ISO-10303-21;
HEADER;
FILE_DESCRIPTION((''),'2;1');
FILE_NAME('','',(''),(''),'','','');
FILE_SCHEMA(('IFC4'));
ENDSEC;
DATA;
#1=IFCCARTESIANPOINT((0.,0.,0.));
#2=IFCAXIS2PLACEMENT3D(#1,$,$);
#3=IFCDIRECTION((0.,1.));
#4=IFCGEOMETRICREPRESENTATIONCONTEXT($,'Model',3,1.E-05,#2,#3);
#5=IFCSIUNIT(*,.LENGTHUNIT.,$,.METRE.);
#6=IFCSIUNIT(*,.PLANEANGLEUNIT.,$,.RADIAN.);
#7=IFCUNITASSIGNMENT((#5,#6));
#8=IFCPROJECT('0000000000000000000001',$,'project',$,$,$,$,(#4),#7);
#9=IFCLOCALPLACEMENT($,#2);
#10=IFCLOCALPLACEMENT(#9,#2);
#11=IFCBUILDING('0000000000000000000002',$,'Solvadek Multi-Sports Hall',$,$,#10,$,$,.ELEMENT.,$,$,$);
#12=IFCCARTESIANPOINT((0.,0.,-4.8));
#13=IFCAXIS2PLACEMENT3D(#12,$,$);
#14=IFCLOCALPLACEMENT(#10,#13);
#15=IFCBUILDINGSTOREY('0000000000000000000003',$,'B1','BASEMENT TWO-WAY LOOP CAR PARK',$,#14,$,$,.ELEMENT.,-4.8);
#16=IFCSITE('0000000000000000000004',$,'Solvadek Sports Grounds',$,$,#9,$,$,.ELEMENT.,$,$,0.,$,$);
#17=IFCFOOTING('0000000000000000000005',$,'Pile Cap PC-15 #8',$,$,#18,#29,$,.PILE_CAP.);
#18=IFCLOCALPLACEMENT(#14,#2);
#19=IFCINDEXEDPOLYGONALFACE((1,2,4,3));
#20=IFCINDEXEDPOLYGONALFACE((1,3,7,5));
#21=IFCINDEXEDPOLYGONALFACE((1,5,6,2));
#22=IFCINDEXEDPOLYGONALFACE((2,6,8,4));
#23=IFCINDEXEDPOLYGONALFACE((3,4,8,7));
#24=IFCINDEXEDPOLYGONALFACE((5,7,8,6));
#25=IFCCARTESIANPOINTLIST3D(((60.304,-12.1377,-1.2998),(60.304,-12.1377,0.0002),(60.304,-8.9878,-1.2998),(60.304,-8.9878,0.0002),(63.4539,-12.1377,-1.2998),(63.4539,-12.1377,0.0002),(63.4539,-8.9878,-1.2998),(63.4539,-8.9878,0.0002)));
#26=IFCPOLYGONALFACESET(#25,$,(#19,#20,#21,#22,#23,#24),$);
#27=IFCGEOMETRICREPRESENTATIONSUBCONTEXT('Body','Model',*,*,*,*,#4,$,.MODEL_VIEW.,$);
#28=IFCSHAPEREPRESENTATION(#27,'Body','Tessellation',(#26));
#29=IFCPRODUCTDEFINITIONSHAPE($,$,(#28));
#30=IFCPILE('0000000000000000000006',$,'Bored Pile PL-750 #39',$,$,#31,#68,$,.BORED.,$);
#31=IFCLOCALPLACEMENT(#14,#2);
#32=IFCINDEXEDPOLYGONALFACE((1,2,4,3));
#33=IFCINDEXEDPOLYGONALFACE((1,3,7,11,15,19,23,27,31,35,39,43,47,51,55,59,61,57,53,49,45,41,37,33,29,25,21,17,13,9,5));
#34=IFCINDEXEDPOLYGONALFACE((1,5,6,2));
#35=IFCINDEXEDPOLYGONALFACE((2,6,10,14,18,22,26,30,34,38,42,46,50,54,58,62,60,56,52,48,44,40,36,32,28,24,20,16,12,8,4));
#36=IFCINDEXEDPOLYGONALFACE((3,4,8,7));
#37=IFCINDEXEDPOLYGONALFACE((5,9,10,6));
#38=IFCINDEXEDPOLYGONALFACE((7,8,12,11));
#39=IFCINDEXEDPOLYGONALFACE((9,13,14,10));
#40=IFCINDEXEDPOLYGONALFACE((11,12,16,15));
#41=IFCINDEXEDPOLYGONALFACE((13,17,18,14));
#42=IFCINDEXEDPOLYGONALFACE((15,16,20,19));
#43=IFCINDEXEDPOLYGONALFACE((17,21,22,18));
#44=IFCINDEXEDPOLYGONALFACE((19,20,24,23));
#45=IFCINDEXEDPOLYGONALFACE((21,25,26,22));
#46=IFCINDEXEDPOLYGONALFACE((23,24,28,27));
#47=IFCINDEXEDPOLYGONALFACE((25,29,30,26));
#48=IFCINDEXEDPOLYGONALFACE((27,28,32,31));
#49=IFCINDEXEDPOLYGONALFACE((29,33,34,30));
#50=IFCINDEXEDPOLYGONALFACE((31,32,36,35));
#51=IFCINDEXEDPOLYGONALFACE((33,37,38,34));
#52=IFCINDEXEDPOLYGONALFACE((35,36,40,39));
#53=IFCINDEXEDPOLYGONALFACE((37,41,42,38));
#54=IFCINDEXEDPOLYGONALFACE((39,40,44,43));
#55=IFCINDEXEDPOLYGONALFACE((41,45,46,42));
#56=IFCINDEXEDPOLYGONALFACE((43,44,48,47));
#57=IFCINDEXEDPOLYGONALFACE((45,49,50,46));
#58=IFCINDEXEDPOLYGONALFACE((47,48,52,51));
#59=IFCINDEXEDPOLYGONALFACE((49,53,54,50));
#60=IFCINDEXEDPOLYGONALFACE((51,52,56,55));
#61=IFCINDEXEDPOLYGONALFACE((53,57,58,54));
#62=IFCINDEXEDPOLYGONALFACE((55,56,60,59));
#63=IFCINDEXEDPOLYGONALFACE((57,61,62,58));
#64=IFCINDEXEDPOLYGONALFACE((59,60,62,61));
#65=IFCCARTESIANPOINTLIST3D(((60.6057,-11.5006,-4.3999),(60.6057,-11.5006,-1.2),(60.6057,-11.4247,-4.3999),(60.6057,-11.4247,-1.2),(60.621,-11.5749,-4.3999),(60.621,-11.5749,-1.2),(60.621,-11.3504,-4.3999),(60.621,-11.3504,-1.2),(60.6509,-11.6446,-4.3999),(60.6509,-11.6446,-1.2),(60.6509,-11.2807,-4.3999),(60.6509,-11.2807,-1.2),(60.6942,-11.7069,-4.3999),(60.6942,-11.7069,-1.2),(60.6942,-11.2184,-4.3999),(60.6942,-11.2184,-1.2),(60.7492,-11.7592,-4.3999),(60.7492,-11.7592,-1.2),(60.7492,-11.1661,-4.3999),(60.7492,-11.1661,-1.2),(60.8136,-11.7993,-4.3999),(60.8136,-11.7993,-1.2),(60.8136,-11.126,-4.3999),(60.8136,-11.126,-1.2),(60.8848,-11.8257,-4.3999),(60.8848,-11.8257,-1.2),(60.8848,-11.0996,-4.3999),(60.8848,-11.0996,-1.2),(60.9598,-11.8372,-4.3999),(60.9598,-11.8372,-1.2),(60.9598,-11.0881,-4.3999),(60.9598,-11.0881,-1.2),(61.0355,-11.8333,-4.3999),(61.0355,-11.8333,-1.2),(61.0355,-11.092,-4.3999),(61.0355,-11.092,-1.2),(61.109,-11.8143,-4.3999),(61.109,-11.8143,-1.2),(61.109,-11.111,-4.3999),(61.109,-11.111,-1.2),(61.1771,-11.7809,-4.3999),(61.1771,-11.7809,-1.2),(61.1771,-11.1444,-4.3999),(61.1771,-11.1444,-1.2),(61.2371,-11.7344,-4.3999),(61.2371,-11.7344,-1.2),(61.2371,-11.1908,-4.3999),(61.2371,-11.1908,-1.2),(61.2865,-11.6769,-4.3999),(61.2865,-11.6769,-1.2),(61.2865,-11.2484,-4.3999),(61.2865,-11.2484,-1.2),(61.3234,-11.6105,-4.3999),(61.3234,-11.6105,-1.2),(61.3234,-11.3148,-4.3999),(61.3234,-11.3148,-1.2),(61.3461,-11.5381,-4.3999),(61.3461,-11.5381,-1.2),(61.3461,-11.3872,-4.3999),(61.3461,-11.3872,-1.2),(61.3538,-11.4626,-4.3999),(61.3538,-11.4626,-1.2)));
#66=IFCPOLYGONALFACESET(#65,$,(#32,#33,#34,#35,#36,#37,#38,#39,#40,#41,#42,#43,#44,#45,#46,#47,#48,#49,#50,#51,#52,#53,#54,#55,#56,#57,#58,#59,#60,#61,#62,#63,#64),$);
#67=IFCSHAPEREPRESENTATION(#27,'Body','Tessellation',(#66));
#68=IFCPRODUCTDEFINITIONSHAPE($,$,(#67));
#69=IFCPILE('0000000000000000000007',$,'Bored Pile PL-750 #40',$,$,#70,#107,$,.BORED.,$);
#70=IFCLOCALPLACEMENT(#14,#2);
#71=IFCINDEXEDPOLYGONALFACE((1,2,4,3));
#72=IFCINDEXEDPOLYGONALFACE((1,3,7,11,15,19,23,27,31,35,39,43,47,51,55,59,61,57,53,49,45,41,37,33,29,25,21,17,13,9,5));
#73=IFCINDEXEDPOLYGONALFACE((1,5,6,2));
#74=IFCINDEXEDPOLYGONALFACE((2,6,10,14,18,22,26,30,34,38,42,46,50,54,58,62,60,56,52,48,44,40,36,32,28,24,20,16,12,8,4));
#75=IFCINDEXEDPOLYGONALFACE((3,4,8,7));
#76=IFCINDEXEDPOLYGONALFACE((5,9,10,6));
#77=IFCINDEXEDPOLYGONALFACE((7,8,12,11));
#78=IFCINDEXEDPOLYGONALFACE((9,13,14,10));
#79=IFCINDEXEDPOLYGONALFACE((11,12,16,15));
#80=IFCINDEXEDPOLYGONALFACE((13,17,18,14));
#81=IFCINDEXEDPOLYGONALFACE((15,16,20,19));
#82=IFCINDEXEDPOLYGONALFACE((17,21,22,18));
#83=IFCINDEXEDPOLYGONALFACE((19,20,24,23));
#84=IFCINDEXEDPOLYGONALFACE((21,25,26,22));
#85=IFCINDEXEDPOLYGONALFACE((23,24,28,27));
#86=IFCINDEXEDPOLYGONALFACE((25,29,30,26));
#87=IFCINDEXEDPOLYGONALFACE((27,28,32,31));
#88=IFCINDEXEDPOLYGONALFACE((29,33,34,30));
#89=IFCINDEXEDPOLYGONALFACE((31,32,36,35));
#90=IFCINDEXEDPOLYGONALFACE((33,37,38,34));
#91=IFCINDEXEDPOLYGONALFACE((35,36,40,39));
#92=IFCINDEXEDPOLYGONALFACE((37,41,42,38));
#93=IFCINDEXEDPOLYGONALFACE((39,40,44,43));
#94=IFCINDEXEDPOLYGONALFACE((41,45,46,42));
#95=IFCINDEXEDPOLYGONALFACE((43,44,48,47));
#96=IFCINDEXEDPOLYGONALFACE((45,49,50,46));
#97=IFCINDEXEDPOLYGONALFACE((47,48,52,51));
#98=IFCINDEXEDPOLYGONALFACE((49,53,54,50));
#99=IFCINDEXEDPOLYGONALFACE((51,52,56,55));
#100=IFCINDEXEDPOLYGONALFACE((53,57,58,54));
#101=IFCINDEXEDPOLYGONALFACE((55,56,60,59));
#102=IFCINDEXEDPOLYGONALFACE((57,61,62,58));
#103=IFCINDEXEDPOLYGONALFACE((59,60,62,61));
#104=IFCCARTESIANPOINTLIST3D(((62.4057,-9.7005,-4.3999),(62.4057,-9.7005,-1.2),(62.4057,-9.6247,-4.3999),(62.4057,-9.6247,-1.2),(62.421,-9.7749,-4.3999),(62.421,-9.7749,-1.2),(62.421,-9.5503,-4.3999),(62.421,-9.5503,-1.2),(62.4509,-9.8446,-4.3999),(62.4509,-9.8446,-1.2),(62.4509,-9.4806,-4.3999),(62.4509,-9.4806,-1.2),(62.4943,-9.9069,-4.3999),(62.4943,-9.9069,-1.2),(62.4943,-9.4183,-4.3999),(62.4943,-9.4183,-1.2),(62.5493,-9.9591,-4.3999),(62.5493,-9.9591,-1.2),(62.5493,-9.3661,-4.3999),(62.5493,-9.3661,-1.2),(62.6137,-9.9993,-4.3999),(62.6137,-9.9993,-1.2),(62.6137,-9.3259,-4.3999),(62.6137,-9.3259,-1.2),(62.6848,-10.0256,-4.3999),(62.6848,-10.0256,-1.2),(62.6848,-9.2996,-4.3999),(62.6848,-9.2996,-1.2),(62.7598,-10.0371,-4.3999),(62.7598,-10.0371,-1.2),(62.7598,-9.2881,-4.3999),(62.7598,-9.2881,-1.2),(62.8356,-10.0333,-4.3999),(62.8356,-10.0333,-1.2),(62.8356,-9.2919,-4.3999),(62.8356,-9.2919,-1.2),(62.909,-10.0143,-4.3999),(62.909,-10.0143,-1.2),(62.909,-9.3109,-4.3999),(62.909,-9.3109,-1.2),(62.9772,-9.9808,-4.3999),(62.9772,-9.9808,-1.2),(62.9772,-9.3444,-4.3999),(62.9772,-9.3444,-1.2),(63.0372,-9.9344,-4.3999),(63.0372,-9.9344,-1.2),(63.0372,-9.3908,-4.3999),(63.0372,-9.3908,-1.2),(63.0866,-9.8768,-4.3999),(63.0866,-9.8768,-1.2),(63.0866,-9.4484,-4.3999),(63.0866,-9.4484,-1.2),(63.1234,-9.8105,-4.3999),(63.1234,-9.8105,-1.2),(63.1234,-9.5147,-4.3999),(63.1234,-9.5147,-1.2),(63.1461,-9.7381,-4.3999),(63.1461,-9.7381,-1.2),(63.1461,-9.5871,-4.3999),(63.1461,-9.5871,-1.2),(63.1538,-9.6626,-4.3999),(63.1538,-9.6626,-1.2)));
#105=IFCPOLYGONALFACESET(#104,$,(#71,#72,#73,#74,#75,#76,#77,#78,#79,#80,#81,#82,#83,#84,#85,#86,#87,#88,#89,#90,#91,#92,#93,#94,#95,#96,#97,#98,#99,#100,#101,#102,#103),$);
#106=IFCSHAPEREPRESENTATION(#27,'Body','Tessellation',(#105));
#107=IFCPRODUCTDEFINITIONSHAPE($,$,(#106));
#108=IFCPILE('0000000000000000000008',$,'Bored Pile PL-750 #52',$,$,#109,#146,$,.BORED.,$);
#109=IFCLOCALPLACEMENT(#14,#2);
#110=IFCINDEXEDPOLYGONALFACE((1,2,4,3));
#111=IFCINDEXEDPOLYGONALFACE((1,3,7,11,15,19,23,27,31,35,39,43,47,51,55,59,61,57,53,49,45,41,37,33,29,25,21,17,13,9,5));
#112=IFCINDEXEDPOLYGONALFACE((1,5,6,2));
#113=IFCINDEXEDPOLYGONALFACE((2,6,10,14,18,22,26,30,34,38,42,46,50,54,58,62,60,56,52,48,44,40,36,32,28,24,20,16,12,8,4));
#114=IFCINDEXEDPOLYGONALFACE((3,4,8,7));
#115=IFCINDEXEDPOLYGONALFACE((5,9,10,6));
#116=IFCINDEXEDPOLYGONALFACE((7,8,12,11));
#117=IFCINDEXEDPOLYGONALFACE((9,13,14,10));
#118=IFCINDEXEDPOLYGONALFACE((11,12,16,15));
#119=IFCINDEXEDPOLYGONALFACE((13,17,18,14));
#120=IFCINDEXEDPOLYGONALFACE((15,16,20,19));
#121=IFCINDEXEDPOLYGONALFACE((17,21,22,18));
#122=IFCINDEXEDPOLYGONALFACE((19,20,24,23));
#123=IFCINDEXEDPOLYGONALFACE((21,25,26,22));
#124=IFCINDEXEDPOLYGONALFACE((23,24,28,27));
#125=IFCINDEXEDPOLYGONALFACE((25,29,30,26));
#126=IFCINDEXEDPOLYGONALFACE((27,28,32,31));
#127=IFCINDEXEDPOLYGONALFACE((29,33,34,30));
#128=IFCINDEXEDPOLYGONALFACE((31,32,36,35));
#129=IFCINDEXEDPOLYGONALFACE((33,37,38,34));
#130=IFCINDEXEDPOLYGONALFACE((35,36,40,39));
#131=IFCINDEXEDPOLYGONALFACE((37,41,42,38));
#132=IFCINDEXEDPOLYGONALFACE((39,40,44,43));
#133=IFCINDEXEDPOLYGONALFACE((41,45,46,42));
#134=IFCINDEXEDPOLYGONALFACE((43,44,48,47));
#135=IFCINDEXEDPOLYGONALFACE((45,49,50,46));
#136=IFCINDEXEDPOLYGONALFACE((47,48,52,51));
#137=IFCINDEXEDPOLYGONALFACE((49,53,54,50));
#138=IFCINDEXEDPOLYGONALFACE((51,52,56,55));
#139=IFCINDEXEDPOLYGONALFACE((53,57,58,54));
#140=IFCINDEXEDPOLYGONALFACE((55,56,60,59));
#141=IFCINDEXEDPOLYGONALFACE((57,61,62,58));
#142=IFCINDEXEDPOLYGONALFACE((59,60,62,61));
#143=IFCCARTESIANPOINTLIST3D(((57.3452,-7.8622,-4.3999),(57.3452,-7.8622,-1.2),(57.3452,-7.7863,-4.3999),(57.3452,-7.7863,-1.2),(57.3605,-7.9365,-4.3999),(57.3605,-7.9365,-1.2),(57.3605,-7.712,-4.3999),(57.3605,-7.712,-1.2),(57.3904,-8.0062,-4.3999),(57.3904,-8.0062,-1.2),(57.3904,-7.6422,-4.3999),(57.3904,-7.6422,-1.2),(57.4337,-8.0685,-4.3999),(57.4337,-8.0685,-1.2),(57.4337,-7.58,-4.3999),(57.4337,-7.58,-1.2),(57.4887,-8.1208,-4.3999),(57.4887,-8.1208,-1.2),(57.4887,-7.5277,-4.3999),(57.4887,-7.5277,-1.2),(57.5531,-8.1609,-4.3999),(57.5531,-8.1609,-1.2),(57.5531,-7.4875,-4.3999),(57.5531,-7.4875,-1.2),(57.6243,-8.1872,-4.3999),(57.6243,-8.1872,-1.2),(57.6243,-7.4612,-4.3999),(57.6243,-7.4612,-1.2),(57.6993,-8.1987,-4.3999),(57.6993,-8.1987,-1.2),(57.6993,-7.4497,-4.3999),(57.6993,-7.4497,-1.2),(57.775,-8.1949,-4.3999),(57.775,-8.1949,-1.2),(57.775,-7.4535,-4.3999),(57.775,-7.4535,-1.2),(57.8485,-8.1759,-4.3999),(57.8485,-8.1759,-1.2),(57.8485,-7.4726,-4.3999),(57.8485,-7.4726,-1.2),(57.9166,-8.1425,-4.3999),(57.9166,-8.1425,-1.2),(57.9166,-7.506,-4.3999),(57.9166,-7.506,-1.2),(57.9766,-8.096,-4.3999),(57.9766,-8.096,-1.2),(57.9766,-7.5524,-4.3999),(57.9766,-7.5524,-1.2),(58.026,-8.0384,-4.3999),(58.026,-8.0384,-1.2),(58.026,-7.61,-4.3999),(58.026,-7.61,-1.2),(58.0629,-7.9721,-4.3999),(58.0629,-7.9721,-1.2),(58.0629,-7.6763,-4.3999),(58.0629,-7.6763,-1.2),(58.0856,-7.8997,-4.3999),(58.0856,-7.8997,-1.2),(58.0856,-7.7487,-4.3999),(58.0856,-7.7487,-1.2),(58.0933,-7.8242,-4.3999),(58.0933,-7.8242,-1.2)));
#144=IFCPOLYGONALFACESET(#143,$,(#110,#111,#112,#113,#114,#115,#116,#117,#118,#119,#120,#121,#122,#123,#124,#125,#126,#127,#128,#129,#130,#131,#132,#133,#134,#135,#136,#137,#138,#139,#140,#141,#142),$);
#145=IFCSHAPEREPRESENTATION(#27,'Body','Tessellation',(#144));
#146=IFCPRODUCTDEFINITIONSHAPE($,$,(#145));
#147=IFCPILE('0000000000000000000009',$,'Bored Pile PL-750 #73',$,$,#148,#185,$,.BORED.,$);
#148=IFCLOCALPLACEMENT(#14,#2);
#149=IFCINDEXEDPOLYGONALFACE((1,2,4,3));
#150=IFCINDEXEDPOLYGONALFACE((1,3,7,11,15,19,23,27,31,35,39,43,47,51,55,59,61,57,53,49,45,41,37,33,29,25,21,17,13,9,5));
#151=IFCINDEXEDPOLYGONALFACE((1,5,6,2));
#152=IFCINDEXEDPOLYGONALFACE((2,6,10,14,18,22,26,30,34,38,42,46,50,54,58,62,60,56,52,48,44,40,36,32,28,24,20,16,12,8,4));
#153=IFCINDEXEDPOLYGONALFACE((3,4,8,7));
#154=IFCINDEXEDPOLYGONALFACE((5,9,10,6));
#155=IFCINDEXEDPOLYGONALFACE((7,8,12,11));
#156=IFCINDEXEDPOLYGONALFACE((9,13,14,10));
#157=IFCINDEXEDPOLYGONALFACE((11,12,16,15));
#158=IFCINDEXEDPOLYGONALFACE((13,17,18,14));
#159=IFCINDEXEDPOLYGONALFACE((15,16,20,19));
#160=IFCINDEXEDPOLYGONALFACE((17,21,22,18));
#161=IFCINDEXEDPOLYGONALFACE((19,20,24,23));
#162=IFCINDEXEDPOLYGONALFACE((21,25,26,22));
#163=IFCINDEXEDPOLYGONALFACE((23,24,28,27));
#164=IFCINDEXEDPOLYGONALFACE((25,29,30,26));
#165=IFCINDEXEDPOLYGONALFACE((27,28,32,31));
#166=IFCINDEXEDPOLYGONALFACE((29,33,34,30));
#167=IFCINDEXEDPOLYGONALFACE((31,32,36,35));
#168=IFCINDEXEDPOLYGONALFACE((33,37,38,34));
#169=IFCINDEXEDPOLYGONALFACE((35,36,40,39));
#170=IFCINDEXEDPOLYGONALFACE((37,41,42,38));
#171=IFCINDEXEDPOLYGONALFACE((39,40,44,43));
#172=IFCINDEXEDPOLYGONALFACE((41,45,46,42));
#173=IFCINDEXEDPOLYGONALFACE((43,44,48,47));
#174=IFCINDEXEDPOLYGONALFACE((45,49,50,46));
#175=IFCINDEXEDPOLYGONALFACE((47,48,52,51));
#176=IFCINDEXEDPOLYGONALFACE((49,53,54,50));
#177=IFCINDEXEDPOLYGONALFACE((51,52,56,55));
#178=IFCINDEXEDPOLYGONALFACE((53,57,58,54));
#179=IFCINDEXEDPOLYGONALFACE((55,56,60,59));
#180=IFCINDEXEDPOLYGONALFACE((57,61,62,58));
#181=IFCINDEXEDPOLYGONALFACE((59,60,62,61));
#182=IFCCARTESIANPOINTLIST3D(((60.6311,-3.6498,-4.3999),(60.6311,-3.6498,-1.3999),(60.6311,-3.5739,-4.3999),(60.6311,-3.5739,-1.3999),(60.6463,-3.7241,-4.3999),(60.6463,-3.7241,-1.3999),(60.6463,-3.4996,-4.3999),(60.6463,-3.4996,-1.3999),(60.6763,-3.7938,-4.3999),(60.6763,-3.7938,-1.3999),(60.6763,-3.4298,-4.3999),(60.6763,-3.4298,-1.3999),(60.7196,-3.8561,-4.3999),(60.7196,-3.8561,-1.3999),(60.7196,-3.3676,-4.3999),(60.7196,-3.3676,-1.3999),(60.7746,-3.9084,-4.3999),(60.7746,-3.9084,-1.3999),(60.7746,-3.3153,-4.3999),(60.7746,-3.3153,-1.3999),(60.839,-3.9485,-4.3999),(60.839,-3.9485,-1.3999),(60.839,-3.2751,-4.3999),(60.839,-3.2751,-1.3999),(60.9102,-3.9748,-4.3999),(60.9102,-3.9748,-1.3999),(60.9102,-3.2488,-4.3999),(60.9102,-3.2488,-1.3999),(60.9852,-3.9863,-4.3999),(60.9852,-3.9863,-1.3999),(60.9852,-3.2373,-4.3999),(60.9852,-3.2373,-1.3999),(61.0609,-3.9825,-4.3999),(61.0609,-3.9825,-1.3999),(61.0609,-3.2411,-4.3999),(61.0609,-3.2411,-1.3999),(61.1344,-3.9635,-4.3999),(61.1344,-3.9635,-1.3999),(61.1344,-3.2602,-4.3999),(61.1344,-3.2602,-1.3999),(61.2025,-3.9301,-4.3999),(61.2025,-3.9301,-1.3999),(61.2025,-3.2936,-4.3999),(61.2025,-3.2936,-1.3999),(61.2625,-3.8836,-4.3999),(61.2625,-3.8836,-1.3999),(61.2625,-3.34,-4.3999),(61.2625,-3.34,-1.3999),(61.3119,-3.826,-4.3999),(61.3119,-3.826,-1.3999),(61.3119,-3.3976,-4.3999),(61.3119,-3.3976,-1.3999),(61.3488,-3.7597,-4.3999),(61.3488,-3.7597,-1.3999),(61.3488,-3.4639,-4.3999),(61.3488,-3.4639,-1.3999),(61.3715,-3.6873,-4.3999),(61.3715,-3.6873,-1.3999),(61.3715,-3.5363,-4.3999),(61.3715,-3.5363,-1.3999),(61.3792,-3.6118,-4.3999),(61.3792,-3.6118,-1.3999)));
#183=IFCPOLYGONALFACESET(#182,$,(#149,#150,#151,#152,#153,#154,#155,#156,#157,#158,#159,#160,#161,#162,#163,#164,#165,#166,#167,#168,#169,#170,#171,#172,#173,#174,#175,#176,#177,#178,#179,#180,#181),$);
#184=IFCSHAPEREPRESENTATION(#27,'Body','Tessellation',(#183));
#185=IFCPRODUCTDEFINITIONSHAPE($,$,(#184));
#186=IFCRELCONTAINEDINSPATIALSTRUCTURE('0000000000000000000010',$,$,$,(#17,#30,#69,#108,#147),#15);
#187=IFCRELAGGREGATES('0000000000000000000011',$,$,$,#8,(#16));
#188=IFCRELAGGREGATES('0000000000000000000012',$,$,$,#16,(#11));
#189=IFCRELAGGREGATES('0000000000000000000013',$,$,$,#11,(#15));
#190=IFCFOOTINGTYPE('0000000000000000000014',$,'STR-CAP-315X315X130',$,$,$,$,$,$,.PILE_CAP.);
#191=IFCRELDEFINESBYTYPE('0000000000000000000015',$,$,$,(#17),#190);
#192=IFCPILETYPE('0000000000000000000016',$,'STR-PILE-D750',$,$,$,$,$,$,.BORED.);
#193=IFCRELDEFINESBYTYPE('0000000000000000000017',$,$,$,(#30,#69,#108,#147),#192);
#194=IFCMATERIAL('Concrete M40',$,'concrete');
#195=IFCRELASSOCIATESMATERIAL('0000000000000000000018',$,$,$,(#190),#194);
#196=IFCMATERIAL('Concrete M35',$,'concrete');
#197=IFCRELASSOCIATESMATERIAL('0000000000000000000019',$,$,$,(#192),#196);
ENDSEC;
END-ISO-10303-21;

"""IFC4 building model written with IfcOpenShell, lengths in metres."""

from ifc_helpers import new_model, si_unit, direction, frame, origin, origin_2d, place, context, subcontext, project, spatial, rectangle, circle, extrude, material, material_profile, profile_set, type_object, element, save


model = new_model("IFC4")

# Units and contexts
model_context = context("Model", 3, precision=1e-05, world=origin(), true_north=direction((0.0, 1.0)))
body_context = subcontext(model_context, "Body", "Model", "MODEL_VIEW")
ifc_project = project(units=[si_unit("LENGTHUNIT", "METRE"), si_unit("PLANEANGLEUNIT", "RADIAN")], contexts=[model_context])

# Site, building, storey
site_placement = place(None, origin())
site = spatial("IfcSite", under=ifc_project, at=site_placement, Name="Solvadek Sports Grounds", CompositionType="ELEMENT", RefElevation=0.0)
building_placement = place(site_placement, origin())
building = spatial("IfcBuilding", under=site, at=building_placement, Name="Solvadek Multi-Sports Hall", CompositionType="ELEMENT")
storey_placement = place(building_placement, frame((0.0, 0.0, -4.8)))
storey = spatial("IfcBuildingStorey", under=building, at=storey_placement, Name="B1", Description="BASEMENT TWO-WAY LOOP CAR PARK", CompositionType="ELEMENT", Elevation=-4.8)

# Footing
ifc_material_1 = material(Name="Concrete M40", Category="concrete")
footing_type_1 = type_object("IfcFootingType", Name="STR-CAP-315X315X130", PredefinedType="PILE_CAP", material=ifc_material_1)
footing_1_placement = place(storey_placement, frame((61.8789, -10.5627, -1.2998), z_axis=(0.0, 0.0, 1.0), x_axis=(1.0, 0.0, 0.0)))
element("IfcFooting", 1, at=footing_1_placement, inside=storey, type_object=footing_type_1, Name="Pile Cap PC-15 #8", PredefinedType="PILE_CAP", context=body_context, shape_type="SweptSolid", body=[
    extrude(rectangle(XDim=3.1499, YDim=3.1499, at=origin_2d()), origin(), (0.0, 0.0, 1.0), 1.3),
])

# Piles
ifc_material_2 = material(Name="Concrete M35", Category="concrete")
ifc_material_profile_1 = material_profile(ifc_material_2, circle(Radius=0.375, at=origin_2d()), Name="BORED PILE D750")
ifc_profile_set_1 = profile_set([ifc_material_profile_1], Name="Concrete M35")
pile_type = type_object("IfcPileType", Name="STR-PILE-D750", PredefinedType="BORED", material=ifc_profile_set_1)
for number, where, z_axis, x_axis, name in (
    (2, (60.9788, -11.4626, -1.2), (0.0, 0.0, -1.0), (1.0, 0.0, 0.0), "Bored Pile PL-750 #39"),
    (3, (62.7788, -9.6626, -1.2), (0.0, 0.0, -1.0), (1.0, 0.0, 0.0), "Bored Pile PL-750 #40"),
    (4, (57.7183, -7.8242, -1.2), (0.0, 0.0, -1.0), (1.0, 0.0, 0.0), "Bored Pile PL-750 #52"),
):
    element("IfcPile", number, at=place(storey_placement, frame(where, z_axis=z_axis, x_axis=x_axis)), inside=storey, type_object=pile_type, Name=name, PredefinedType="BORED", context=body_context, shape_type="SweptSolid", body=[
        extrude(circle(Radius=0.375, at=origin_2d()), origin(), (0.0, 0.0, 1.0), 3.2),
    ])
for number, where, z_axis, x_axis, name in (
    (5, (61.0042, -3.6118, -1.3999), (0.0, 0.0, -1.0), (1.0, 0.0, 0.0), "Bored Pile PL-750 #73"),
):
    element("IfcPile", number, at=place(storey_placement, frame(where, z_axis=z_axis, x_axis=x_axis)), inside=storey, type_object=pile_type, Name=name, PredefinedType="BORED", context=body_context, shape_type="SweptSolid", body=[
        extrude(circle(Radius=0.375, at=origin_2d()), origin(), (0.0, 0.0, 1.0), 3.0),
    ])

save(model, "model.ifc")
